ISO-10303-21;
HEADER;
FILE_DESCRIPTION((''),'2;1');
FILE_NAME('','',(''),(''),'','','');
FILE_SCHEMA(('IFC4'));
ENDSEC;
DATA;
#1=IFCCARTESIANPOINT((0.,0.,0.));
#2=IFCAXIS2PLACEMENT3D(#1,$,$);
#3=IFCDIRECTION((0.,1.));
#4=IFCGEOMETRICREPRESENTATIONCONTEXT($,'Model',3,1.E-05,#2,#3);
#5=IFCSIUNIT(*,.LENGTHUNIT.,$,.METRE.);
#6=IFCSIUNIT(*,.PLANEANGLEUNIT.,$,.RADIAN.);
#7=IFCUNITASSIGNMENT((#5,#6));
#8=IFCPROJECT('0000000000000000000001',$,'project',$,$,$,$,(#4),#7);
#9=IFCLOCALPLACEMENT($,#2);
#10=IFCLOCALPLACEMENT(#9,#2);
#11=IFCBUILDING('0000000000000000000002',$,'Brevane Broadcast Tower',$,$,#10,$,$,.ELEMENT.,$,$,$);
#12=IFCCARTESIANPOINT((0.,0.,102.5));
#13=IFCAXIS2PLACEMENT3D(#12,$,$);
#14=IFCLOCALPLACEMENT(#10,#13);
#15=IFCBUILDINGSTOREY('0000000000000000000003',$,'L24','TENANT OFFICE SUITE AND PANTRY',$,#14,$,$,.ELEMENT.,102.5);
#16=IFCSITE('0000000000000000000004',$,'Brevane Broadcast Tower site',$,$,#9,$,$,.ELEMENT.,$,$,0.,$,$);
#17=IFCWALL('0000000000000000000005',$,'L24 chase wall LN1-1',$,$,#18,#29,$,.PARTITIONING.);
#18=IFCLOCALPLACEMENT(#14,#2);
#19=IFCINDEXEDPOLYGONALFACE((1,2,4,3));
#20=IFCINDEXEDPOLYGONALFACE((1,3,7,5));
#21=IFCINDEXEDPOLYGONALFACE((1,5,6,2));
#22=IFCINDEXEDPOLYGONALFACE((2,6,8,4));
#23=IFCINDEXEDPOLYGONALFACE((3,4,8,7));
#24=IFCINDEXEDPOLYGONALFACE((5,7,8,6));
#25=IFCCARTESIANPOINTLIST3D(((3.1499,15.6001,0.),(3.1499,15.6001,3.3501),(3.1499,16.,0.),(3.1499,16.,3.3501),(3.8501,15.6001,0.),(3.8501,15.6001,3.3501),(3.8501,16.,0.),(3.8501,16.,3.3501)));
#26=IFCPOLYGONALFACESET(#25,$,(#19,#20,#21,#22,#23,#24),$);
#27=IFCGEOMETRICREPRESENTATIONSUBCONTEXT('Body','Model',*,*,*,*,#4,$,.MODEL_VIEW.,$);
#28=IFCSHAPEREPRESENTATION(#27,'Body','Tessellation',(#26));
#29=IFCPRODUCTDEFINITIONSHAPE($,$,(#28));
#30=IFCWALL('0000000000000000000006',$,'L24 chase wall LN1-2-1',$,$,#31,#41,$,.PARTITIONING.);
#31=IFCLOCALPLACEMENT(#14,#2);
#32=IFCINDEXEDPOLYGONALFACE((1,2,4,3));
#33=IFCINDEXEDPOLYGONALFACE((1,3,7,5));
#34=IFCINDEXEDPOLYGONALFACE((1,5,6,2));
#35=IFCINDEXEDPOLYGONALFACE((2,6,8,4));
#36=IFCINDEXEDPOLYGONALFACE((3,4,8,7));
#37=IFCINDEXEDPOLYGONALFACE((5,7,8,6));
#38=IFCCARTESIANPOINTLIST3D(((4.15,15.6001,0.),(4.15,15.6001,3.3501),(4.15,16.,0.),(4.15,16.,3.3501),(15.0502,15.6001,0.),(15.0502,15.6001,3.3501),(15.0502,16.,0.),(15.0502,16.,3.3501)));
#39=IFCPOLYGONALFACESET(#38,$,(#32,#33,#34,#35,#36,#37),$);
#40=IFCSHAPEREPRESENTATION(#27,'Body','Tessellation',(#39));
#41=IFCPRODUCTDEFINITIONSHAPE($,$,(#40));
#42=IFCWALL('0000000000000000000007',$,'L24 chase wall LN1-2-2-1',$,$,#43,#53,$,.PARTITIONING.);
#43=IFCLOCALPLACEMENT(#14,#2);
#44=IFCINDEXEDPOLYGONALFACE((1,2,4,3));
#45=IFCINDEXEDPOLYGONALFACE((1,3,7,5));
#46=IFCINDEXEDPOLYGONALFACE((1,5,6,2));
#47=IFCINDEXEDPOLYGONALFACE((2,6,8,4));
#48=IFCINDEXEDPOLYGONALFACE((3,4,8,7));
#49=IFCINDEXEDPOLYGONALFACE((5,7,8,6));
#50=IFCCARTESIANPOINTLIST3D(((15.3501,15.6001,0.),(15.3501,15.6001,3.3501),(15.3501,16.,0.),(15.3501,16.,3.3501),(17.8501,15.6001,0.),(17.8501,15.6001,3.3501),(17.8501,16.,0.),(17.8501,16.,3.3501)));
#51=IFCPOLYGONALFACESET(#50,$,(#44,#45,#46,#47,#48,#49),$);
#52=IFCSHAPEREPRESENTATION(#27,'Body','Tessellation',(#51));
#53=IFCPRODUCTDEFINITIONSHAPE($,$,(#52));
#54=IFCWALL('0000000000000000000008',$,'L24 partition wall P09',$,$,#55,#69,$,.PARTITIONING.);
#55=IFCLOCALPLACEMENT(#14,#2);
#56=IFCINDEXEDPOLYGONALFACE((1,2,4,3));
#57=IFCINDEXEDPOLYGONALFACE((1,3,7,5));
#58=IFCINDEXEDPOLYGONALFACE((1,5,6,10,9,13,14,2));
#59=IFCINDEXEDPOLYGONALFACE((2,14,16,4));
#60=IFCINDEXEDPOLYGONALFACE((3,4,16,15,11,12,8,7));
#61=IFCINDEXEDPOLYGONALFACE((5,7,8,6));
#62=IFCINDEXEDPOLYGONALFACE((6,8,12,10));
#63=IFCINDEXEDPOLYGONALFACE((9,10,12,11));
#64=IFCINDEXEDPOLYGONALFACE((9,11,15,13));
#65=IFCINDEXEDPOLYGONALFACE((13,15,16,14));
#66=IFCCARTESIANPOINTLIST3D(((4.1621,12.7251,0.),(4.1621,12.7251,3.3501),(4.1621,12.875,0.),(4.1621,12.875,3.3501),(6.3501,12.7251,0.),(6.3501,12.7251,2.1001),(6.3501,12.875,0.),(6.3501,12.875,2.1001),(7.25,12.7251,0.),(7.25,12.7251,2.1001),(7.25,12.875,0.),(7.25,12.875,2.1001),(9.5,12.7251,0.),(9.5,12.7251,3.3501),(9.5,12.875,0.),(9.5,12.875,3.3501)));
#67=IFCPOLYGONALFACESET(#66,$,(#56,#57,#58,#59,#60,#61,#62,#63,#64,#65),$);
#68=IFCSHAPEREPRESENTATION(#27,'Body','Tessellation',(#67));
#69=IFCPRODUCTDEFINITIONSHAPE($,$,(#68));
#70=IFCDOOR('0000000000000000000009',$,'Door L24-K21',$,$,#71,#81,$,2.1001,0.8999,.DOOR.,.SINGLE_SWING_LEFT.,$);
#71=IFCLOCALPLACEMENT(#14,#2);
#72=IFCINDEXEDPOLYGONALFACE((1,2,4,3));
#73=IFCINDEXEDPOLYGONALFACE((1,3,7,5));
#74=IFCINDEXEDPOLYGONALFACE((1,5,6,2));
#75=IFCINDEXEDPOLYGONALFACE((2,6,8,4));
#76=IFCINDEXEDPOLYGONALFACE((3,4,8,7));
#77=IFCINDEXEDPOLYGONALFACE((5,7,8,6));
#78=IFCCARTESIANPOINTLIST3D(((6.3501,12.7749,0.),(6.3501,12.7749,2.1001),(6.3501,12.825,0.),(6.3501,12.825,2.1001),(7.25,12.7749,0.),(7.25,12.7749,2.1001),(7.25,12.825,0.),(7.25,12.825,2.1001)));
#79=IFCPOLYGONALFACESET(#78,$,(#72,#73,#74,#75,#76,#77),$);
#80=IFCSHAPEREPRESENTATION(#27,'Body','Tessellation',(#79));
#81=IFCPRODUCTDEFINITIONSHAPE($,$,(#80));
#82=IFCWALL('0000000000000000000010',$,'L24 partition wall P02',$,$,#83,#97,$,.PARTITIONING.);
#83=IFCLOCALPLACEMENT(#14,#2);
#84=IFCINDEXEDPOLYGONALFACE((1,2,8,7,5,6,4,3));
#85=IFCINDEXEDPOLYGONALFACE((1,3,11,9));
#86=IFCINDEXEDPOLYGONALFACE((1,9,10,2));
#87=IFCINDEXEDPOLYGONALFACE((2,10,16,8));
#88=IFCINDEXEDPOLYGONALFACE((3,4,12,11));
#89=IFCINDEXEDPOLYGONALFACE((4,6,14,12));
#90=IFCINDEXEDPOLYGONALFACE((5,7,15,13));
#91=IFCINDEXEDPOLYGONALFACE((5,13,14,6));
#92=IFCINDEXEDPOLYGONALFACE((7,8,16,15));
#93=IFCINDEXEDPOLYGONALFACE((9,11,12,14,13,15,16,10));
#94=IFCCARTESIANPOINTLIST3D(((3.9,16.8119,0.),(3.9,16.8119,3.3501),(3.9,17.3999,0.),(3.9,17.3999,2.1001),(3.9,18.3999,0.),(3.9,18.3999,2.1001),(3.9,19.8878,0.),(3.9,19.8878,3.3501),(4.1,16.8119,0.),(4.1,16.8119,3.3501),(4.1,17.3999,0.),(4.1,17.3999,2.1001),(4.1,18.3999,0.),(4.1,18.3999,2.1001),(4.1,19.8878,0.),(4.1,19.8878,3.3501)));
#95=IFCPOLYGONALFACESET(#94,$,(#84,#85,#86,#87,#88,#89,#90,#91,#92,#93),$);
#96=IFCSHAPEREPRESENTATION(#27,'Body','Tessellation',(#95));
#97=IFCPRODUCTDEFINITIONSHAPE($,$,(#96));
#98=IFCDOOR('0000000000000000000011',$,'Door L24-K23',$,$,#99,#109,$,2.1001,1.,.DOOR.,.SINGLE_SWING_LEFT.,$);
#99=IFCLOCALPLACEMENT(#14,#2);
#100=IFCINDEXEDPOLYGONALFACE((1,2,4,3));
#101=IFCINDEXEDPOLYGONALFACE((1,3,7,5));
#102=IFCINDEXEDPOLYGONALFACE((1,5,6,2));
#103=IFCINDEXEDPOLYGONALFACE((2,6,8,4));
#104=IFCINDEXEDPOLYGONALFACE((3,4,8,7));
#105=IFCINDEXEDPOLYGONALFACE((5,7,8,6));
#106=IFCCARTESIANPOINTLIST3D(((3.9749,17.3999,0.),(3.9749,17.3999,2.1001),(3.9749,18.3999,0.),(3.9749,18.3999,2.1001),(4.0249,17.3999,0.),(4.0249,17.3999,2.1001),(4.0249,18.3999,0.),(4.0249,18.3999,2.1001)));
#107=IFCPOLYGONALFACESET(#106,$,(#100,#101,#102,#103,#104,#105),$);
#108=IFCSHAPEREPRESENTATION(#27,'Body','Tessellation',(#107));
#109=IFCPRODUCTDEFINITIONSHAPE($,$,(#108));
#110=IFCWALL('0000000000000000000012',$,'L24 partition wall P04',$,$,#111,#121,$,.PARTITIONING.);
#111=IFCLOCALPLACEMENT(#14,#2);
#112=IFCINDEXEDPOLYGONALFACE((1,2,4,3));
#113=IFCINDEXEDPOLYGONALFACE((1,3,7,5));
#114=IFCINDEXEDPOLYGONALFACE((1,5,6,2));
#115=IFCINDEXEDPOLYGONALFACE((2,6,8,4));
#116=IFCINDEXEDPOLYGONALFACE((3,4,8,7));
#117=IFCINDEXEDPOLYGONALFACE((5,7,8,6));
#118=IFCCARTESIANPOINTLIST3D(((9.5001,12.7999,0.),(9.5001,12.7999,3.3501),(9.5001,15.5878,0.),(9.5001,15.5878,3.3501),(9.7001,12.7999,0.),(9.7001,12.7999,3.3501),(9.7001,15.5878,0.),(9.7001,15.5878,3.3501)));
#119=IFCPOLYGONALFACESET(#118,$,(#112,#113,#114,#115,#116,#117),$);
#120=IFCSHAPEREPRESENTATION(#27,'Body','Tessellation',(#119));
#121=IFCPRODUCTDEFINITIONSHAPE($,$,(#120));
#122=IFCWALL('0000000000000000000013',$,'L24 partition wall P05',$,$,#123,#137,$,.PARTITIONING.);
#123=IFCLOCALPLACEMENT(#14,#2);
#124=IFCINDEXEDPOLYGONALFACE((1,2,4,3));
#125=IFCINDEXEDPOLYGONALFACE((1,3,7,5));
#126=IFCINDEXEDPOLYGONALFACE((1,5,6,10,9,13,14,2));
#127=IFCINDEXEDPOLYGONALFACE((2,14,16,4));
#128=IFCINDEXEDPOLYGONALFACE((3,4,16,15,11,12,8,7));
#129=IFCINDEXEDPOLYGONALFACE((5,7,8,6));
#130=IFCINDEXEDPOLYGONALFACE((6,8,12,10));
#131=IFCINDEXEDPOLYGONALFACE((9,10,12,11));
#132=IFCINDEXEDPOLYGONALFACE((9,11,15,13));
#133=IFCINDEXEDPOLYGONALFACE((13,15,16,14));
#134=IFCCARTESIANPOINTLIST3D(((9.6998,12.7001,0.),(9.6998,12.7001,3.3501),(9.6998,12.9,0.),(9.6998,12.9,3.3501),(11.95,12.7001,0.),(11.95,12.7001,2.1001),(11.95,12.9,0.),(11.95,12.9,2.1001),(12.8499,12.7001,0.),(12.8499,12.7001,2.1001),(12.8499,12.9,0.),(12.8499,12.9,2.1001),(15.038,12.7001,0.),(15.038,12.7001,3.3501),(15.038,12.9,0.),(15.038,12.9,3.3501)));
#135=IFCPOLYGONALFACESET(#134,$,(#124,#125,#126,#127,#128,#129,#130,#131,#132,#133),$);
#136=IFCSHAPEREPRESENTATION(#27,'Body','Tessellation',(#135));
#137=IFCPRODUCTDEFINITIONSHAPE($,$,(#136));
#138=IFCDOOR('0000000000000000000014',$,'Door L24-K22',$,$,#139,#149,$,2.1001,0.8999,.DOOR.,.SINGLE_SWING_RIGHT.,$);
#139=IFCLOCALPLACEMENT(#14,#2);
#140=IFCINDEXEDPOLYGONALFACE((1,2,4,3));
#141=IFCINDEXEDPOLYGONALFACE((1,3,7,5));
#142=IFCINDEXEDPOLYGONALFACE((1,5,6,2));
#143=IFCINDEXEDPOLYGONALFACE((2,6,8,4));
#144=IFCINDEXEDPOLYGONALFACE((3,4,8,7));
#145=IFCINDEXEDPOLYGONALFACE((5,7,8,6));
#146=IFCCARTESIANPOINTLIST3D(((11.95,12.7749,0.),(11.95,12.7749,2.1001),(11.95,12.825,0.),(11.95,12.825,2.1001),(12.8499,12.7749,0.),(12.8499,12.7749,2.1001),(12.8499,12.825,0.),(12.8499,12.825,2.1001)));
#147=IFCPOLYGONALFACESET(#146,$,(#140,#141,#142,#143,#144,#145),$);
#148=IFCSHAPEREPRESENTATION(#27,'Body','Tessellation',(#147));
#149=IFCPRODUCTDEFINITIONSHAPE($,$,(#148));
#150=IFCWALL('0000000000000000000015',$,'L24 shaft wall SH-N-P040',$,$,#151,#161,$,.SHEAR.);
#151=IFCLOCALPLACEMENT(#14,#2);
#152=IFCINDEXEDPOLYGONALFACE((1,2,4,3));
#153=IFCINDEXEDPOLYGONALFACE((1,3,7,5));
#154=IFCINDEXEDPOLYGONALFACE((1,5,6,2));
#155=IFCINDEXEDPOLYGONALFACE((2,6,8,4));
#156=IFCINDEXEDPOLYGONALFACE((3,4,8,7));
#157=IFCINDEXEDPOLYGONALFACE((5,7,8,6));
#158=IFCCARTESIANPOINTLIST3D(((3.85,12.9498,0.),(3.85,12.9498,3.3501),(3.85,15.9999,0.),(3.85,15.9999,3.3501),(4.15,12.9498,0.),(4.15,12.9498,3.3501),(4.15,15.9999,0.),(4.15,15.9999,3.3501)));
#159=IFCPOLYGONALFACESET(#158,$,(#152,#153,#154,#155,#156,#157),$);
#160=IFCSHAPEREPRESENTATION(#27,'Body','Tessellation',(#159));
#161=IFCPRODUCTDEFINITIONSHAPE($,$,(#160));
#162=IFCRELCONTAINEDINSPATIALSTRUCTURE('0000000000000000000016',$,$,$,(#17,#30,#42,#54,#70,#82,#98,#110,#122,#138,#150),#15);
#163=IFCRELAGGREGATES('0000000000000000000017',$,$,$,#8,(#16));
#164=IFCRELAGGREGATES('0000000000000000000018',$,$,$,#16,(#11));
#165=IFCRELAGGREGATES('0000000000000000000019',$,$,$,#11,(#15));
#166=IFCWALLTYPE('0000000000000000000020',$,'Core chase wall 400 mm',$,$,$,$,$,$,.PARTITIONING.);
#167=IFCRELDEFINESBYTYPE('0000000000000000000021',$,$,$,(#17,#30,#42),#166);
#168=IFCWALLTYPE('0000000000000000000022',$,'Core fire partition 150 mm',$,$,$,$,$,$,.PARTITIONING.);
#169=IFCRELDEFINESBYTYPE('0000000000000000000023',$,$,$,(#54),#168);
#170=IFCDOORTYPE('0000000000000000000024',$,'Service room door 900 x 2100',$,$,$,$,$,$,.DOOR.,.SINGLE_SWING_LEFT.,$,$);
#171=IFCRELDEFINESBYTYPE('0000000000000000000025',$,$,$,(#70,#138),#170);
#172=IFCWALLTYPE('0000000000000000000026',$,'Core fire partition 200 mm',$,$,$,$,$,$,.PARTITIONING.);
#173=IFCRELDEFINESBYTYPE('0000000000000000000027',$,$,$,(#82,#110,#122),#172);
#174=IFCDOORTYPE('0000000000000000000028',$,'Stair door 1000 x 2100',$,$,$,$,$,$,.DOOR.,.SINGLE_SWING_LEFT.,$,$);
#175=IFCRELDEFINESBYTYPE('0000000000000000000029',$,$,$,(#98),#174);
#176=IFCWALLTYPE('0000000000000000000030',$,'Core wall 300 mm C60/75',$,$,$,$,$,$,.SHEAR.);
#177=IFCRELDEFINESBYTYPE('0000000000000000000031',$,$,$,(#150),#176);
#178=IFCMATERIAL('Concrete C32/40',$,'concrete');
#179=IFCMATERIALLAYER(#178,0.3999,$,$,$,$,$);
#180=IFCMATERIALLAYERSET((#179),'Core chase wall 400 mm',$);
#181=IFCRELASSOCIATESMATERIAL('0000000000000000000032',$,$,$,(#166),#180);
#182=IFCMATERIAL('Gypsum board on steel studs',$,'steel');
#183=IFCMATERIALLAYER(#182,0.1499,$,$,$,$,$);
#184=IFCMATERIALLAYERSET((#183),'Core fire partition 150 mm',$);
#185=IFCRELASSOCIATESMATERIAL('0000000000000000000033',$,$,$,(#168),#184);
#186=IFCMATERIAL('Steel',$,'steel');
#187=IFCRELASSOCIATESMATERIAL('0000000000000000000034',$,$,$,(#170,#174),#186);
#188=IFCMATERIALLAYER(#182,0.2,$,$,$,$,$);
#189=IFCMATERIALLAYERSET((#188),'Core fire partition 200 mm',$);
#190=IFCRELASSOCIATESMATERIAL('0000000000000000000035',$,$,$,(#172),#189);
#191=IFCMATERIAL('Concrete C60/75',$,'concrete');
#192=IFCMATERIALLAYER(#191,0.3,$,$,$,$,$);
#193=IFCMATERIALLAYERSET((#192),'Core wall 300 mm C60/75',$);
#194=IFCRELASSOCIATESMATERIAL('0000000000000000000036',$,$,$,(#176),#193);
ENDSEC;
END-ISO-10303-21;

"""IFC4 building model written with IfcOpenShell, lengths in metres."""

from ifc_helpers import new_model, si_unit, direction, frame, frame_2d, origin, place, context, subcontext, project, spatial, rectangle, extrude, material, layer, layer_set, type_object, element, fill, save


model = new_model("IFC4")

# Units and contexts
model_context = context("Model", 3, precision=1e-05, world=origin(), true_north=direction((0.0, 1.0)))
body_context = subcontext(model_context, "Body", "Model", "MODEL_VIEW")
ifc_project = project(units=[si_unit("LENGTHUNIT", "METRE"), si_unit("PLANEANGLEUNIT", "RADIAN")], contexts=[model_context])

# Site, building, storey
site_placement = place(None, origin())
site = spatial("IfcSite", under=ifc_project, at=site_placement, Name="Brevane Broadcast Tower site", CompositionType="ELEMENT", RefElevation=0.0)
building_placement = place(site_placement, origin())
building = spatial("IfcBuilding", under=site, at=building_placement, Name="Brevane Broadcast Tower", CompositionType="ELEMENT")
storey_placement = place(building_placement, frame((0.0, 0.0, 102.5)))
storey = spatial("IfcBuildingStorey", under=building, at=storey_placement, Name="L24", Description="TENANT OFFICE SUITE AND PANTRY", CompositionType="ELEMENT", Elevation=102.5)

# Walls
ifc_material_1 = material(Name="Concrete C32/40", Category="concrete")
ifc_layer_1 = layer(ifc_material_1, 0.3999)
ifc_layer_set_1 = layer_set([ifc_layer_1], Name="Core chase wall 400 mm")
wall_type_1 = type_object("IfcWallType", Name="Core chase wall 400 mm", PredefinedType="PARTITIONING", material=ifc_layer_set_1)
wall_1_placement = place(storey_placement, frame((3.1499, 15.8, 0.0), z_axis=(0.0, 0.0, 1.0), x_axis=(1.0, 0.0, 0.0)))
element("IfcWall", 1, at=wall_1_placement, inside=storey, type_object=wall_type_1, Name="L24 chase wall LN1-1", PredefinedType="PARTITIONING", context=body_context, shape_type="SweptSolid", body=[
    extrude(rectangle(XDim=0.7002, YDim=0.3999, at=frame_2d((0.3501, 0.0))), origin(), (0.0, 0.0, 1.0), 3.3501),
])
wall_2_placement = place(storey_placement, frame((4.1499, 15.8, 0.0), z_axis=(0.0, 0.0, 1.0), x_axis=(1.0, 0.0, 0.0)))
element("IfcWall", 2, at=wall_2_placement, inside=storey, type_object=wall_type_1, Name="L24 chase wall LN1-2-1", PredefinedType="PARTITIONING", context=body_context, shape_type="SweptSolid", body=[
    extrude(rectangle(XDim=10.9001, YDim=0.3999, at=frame_2d((5.4502, 0.0))), origin(), (0.0, 0.0, 1.0), 3.3501),
])
wall_3_placement = place(storey_placement, frame((15.3501, 15.8, 0.0), z_axis=(0.0, 0.0, 1.0), x_axis=(1.0, 0.0, 0.0)))
element("IfcWall", 3, at=wall_3_placement, inside=storey, type_object=wall_type_1, Name="L24 chase wall LN1-2-2-1", PredefinedType="PARTITIONING", context=body_context, shape_type="SweptSolid", body=[
    extrude(rectangle(XDim=2.5, YDim=0.3999, at=frame_2d((1.25, 0.0))), origin(), (0.0, 0.0, 1.0), 3.3501),
])

# Walls, openings, doors
ifc_material_2 = material(Name="Gypsum board on steel studs", Category="steel")
ifc_layer_2 = layer(ifc_material_2, 0.1499)
ifc_layer_set_2 = layer_set([ifc_layer_2], Name="Core fire partition 150 mm")
wall_type_2 = type_object("IfcWallType", Name="Core fire partition 150 mm", PredefinedType="PARTITIONING", material=ifc_layer_set_2)
wall_4_placement = place(storey_placement, frame((4.1621, 12.8, 0.0), z_axis=(0.0, 0.0, 1.0), x_axis=(1.0, 0.0, 0.0)))
wall_4 = element("IfcWall", 4, at=wall_4_placement, inside=storey, type_object=wall_type_2, Name="L24 partition wall P09", PredefinedType="PARTITIONING", context=body_context, shape_type="SweptSolid", body=[
    extrude(rectangle(XDim=5.3379, YDim=0.1499, at=frame_2d((2.6689, 0.0))), origin(), (0.0, 0.0, 1.0), 3.3501),
])
opening_1_placement = place(wall_4_placement, frame((2.188, 0.0, 0.0)))
opening_1 = element("IfcOpeningElement", 5, at=opening_1_placement, cuts=wall_4, PredefinedType="OPENING", context=body_context, shape_type="SweptSolid", body=[
    extrude(rectangle(XDim=0.8999, YDim=2.1001, at=frame_2d((0.45, 1.05))), frame((0.0, 0.085, 0.0), z_axis=(0.0, -1.0, 0.0), x_axis=(1.0, 0.0, 0.0)), (0.0, 0.0, 1.0), 0.1699),
])
ifc_material_3 = material(Name="Steel", Category="steel")
door_type_1 = type_object("IfcDoorType", Name="Service room door 900 x 2100", OperationType="SINGLE_SWING_LEFT", PredefinedType="DOOR", material=ifc_material_3)
door_1_placement = place(opening_1_placement, origin())
door_1 = element("IfcDoor", 6, at=door_1_placement, inside=storey, type_object=door_type_1, Name="Door L24-K21", OperationType="SINGLE_SWING_LEFT", OverallHeight=2.1001, OverallWidth=0.8999, PredefinedType="DOOR", context=body_context, shape_type="SweptSolid", body=[
    extrude(rectangle(XDim=0.8999, YDim=2.1001, at=frame_2d((0.45, 1.05))), frame((0.0, 0.0249, 0.0), z_axis=(0.0, -1.0, 0.0), x_axis=(1.0, 0.0, 0.0)), (0.0, 0.0, 1.0), 0.05),
])
fill(opening_1, door_1)
ifc_layer_3 = layer(ifc_material_2, 0.2)
ifc_layer_set_3 = layer_set([ifc_layer_3], Name="Core fire partition 200 mm")
wall_type_3 = type_object("IfcWallType", Name="Core fire partition 200 mm", PredefinedType="PARTITIONING", material=ifc_layer_set_3)
wall_5_placement = place(storey_placement, frame((4.0, 19.8879, 0.0), z_axis=(0.0, 0.0, 1.0), x_axis=(0.0, -1.0, 0.0)))
wall_5 = element("IfcWall", 7, at=wall_5_placement, inside=storey, type_object=wall_type_3, Name="L24 partition wall P02", PredefinedType="PARTITIONING", context=body_context, shape_type="SweptSolid", body=[
    extrude(rectangle(XDim=3.0759, YDim=0.2, at=frame_2d((1.5381, 0.0))), origin(), (0.0, 0.0, 1.0), 3.3501),
])
opening_2_placement = place(wall_5_placement, frame((1.488, 0.0, 0.0)))
opening_2 = element("IfcOpeningElement", 8, at=opening_2_placement, cuts=wall_5, PredefinedType="OPENING", context=body_context, shape_type="SweptSolid", body=[
    extrude(rectangle(XDim=1.0, YDim=2.1001, at=frame_2d((0.5, 1.05))), frame((0.0, 0.1099, 0.0), z_axis=(0.0, -1.0, 0.0), x_axis=(1.0, 0.0, 0.0)), (0.0, 0.0, 1.0), 0.22),
])
door_type_2 = type_object("IfcDoorType", Name="Stair door 1000 x 2100", OperationType="SINGLE_SWING_LEFT", PredefinedType="DOOR", material=ifc_material_3)
door_2_placement = place(opening_2_placement, origin())
door_2 = element("IfcDoor", 9, at=door_2_placement, inside=storey, type_object=door_type_2, Name="Door L24-K23", OperationType="SINGLE_SWING_LEFT", OverallHeight=2.1001, OverallWidth=1.0, PredefinedType="DOOR", context=body_context, shape_type="SweptSolid", body=[
    extrude(rectangle(XDim=1.0, YDim=2.1001, at=frame_2d((0.5, 1.05))), frame((0.0, 0.0249, 0.0), z_axis=(0.0, -1.0, 0.0), x_axis=(1.0, 0.0, 0.0)), (0.0, 0.0, 1.0), 0.05),
])
fill(opening_2, door_2)

# Wall
wall_6_placement = place(storey_placement, frame((9.6001, 15.5879, 0.0), z_axis=(0.0, 0.0, 1.0), x_axis=(0.0, -1.0, 0.0)))
element("IfcWall", 10, at=wall_6_placement, inside=storey, type_object=wall_type_3, Name="L24 partition wall P04", PredefinedType="PARTITIONING", context=body_context, shape_type="SweptSolid", body=[
    extrude(rectangle(XDim=2.7878, YDim=0.2, at=frame_2d((1.394, 0.0))), origin(), (0.0, 0.0, 1.0), 3.3501),
])

# Wall, opening, door
wall_7_placement = place(storey_placement, frame((9.7, 12.8, 0.0), z_axis=(0.0, 0.0, 1.0), x_axis=(1.0, 0.0, 0.0)))
wall_7 = element("IfcWall", 11, at=wall_7_placement, inside=storey, type_object=wall_type_3, Name="L24 partition wall P05", PredefinedType="PARTITIONING", context=body_context, shape_type="SweptSolid", body=[
    extrude(rectangle(XDim=5.3381, YDim=0.2, at=frame_2d((2.6689, 0.0))), origin(), (0.0, 0.0, 1.0), 3.3501),
])
opening_3_placement = place(wall_7_placement, frame((2.25, 0.0, 0.0)))
opening_3 = element("IfcOpeningElement", 12, at=opening_3_placement, cuts=wall_7, PredefinedType="OPENING", context=body_context, shape_type="SweptSolid", body=[
    extrude(rectangle(XDim=0.8999, YDim=2.1001, at=frame_2d((0.45, 1.05))), frame((0.0, 0.1099, 0.0), z_axis=(0.0, -1.0, 0.0), x_axis=(1.0, 0.0, 0.0)), (0.0, 0.0, 1.0), 0.22),
])
door_3_placement = place(opening_3_placement, origin())
door_3 = element("IfcDoor", 13, at=door_3_placement, inside=storey, type_object=door_type_1, Name="Door L24-K22", OperationType="SINGLE_SWING_RIGHT", OverallHeight=2.1001, OverallWidth=0.8999, PredefinedType="DOOR", context=body_context, shape_type="SweptSolid", body=[
    extrude(rectangle(XDim=0.8999, YDim=2.1001, at=frame_2d((0.45, 1.05))), frame((0.0, 0.0249, 0.0), z_axis=(0.0, -1.0, 0.0), x_axis=(1.0, 0.0, 0.0)), (0.0, 0.0, 1.0), 0.05),
])
fill(opening_3, door_3)

# Wall
ifc_material_4 = material(Name="Concrete C60/75", Category="concrete")
ifc_layer_4 = layer(ifc_material_4, 0.3)
ifc_layer_set_4 = layer_set([ifc_layer_4], Name="Core wall 300 mm C60/75")
wall_type_4 = type_object("IfcWallType", Name="Core wall 300 mm C60/75", PredefinedType="SHEAR", material=ifc_layer_set_4)
wall_8_placement = place(storey_placement, frame((4.0, 12.95, 0.0), z_axis=(0.0, 0.0, 1.0), x_axis=(0.0, 1.0, 0.0)))
element("IfcWall", 14, at=wall_8_placement, inside=storey, type_object=wall_type_4, Name="L24 shaft wall SH-N-P040", PredefinedType="SHEAR", context=body_context, shape_type="SweptSolid", body=[
    extrude(rectangle(XDim=3.05, YDim=0.3, at=frame_2d((1.5249, 0.0))), origin(), (0.0, 0.0, 1.0), 3.3501),
])

save(model, "model.ifc")
